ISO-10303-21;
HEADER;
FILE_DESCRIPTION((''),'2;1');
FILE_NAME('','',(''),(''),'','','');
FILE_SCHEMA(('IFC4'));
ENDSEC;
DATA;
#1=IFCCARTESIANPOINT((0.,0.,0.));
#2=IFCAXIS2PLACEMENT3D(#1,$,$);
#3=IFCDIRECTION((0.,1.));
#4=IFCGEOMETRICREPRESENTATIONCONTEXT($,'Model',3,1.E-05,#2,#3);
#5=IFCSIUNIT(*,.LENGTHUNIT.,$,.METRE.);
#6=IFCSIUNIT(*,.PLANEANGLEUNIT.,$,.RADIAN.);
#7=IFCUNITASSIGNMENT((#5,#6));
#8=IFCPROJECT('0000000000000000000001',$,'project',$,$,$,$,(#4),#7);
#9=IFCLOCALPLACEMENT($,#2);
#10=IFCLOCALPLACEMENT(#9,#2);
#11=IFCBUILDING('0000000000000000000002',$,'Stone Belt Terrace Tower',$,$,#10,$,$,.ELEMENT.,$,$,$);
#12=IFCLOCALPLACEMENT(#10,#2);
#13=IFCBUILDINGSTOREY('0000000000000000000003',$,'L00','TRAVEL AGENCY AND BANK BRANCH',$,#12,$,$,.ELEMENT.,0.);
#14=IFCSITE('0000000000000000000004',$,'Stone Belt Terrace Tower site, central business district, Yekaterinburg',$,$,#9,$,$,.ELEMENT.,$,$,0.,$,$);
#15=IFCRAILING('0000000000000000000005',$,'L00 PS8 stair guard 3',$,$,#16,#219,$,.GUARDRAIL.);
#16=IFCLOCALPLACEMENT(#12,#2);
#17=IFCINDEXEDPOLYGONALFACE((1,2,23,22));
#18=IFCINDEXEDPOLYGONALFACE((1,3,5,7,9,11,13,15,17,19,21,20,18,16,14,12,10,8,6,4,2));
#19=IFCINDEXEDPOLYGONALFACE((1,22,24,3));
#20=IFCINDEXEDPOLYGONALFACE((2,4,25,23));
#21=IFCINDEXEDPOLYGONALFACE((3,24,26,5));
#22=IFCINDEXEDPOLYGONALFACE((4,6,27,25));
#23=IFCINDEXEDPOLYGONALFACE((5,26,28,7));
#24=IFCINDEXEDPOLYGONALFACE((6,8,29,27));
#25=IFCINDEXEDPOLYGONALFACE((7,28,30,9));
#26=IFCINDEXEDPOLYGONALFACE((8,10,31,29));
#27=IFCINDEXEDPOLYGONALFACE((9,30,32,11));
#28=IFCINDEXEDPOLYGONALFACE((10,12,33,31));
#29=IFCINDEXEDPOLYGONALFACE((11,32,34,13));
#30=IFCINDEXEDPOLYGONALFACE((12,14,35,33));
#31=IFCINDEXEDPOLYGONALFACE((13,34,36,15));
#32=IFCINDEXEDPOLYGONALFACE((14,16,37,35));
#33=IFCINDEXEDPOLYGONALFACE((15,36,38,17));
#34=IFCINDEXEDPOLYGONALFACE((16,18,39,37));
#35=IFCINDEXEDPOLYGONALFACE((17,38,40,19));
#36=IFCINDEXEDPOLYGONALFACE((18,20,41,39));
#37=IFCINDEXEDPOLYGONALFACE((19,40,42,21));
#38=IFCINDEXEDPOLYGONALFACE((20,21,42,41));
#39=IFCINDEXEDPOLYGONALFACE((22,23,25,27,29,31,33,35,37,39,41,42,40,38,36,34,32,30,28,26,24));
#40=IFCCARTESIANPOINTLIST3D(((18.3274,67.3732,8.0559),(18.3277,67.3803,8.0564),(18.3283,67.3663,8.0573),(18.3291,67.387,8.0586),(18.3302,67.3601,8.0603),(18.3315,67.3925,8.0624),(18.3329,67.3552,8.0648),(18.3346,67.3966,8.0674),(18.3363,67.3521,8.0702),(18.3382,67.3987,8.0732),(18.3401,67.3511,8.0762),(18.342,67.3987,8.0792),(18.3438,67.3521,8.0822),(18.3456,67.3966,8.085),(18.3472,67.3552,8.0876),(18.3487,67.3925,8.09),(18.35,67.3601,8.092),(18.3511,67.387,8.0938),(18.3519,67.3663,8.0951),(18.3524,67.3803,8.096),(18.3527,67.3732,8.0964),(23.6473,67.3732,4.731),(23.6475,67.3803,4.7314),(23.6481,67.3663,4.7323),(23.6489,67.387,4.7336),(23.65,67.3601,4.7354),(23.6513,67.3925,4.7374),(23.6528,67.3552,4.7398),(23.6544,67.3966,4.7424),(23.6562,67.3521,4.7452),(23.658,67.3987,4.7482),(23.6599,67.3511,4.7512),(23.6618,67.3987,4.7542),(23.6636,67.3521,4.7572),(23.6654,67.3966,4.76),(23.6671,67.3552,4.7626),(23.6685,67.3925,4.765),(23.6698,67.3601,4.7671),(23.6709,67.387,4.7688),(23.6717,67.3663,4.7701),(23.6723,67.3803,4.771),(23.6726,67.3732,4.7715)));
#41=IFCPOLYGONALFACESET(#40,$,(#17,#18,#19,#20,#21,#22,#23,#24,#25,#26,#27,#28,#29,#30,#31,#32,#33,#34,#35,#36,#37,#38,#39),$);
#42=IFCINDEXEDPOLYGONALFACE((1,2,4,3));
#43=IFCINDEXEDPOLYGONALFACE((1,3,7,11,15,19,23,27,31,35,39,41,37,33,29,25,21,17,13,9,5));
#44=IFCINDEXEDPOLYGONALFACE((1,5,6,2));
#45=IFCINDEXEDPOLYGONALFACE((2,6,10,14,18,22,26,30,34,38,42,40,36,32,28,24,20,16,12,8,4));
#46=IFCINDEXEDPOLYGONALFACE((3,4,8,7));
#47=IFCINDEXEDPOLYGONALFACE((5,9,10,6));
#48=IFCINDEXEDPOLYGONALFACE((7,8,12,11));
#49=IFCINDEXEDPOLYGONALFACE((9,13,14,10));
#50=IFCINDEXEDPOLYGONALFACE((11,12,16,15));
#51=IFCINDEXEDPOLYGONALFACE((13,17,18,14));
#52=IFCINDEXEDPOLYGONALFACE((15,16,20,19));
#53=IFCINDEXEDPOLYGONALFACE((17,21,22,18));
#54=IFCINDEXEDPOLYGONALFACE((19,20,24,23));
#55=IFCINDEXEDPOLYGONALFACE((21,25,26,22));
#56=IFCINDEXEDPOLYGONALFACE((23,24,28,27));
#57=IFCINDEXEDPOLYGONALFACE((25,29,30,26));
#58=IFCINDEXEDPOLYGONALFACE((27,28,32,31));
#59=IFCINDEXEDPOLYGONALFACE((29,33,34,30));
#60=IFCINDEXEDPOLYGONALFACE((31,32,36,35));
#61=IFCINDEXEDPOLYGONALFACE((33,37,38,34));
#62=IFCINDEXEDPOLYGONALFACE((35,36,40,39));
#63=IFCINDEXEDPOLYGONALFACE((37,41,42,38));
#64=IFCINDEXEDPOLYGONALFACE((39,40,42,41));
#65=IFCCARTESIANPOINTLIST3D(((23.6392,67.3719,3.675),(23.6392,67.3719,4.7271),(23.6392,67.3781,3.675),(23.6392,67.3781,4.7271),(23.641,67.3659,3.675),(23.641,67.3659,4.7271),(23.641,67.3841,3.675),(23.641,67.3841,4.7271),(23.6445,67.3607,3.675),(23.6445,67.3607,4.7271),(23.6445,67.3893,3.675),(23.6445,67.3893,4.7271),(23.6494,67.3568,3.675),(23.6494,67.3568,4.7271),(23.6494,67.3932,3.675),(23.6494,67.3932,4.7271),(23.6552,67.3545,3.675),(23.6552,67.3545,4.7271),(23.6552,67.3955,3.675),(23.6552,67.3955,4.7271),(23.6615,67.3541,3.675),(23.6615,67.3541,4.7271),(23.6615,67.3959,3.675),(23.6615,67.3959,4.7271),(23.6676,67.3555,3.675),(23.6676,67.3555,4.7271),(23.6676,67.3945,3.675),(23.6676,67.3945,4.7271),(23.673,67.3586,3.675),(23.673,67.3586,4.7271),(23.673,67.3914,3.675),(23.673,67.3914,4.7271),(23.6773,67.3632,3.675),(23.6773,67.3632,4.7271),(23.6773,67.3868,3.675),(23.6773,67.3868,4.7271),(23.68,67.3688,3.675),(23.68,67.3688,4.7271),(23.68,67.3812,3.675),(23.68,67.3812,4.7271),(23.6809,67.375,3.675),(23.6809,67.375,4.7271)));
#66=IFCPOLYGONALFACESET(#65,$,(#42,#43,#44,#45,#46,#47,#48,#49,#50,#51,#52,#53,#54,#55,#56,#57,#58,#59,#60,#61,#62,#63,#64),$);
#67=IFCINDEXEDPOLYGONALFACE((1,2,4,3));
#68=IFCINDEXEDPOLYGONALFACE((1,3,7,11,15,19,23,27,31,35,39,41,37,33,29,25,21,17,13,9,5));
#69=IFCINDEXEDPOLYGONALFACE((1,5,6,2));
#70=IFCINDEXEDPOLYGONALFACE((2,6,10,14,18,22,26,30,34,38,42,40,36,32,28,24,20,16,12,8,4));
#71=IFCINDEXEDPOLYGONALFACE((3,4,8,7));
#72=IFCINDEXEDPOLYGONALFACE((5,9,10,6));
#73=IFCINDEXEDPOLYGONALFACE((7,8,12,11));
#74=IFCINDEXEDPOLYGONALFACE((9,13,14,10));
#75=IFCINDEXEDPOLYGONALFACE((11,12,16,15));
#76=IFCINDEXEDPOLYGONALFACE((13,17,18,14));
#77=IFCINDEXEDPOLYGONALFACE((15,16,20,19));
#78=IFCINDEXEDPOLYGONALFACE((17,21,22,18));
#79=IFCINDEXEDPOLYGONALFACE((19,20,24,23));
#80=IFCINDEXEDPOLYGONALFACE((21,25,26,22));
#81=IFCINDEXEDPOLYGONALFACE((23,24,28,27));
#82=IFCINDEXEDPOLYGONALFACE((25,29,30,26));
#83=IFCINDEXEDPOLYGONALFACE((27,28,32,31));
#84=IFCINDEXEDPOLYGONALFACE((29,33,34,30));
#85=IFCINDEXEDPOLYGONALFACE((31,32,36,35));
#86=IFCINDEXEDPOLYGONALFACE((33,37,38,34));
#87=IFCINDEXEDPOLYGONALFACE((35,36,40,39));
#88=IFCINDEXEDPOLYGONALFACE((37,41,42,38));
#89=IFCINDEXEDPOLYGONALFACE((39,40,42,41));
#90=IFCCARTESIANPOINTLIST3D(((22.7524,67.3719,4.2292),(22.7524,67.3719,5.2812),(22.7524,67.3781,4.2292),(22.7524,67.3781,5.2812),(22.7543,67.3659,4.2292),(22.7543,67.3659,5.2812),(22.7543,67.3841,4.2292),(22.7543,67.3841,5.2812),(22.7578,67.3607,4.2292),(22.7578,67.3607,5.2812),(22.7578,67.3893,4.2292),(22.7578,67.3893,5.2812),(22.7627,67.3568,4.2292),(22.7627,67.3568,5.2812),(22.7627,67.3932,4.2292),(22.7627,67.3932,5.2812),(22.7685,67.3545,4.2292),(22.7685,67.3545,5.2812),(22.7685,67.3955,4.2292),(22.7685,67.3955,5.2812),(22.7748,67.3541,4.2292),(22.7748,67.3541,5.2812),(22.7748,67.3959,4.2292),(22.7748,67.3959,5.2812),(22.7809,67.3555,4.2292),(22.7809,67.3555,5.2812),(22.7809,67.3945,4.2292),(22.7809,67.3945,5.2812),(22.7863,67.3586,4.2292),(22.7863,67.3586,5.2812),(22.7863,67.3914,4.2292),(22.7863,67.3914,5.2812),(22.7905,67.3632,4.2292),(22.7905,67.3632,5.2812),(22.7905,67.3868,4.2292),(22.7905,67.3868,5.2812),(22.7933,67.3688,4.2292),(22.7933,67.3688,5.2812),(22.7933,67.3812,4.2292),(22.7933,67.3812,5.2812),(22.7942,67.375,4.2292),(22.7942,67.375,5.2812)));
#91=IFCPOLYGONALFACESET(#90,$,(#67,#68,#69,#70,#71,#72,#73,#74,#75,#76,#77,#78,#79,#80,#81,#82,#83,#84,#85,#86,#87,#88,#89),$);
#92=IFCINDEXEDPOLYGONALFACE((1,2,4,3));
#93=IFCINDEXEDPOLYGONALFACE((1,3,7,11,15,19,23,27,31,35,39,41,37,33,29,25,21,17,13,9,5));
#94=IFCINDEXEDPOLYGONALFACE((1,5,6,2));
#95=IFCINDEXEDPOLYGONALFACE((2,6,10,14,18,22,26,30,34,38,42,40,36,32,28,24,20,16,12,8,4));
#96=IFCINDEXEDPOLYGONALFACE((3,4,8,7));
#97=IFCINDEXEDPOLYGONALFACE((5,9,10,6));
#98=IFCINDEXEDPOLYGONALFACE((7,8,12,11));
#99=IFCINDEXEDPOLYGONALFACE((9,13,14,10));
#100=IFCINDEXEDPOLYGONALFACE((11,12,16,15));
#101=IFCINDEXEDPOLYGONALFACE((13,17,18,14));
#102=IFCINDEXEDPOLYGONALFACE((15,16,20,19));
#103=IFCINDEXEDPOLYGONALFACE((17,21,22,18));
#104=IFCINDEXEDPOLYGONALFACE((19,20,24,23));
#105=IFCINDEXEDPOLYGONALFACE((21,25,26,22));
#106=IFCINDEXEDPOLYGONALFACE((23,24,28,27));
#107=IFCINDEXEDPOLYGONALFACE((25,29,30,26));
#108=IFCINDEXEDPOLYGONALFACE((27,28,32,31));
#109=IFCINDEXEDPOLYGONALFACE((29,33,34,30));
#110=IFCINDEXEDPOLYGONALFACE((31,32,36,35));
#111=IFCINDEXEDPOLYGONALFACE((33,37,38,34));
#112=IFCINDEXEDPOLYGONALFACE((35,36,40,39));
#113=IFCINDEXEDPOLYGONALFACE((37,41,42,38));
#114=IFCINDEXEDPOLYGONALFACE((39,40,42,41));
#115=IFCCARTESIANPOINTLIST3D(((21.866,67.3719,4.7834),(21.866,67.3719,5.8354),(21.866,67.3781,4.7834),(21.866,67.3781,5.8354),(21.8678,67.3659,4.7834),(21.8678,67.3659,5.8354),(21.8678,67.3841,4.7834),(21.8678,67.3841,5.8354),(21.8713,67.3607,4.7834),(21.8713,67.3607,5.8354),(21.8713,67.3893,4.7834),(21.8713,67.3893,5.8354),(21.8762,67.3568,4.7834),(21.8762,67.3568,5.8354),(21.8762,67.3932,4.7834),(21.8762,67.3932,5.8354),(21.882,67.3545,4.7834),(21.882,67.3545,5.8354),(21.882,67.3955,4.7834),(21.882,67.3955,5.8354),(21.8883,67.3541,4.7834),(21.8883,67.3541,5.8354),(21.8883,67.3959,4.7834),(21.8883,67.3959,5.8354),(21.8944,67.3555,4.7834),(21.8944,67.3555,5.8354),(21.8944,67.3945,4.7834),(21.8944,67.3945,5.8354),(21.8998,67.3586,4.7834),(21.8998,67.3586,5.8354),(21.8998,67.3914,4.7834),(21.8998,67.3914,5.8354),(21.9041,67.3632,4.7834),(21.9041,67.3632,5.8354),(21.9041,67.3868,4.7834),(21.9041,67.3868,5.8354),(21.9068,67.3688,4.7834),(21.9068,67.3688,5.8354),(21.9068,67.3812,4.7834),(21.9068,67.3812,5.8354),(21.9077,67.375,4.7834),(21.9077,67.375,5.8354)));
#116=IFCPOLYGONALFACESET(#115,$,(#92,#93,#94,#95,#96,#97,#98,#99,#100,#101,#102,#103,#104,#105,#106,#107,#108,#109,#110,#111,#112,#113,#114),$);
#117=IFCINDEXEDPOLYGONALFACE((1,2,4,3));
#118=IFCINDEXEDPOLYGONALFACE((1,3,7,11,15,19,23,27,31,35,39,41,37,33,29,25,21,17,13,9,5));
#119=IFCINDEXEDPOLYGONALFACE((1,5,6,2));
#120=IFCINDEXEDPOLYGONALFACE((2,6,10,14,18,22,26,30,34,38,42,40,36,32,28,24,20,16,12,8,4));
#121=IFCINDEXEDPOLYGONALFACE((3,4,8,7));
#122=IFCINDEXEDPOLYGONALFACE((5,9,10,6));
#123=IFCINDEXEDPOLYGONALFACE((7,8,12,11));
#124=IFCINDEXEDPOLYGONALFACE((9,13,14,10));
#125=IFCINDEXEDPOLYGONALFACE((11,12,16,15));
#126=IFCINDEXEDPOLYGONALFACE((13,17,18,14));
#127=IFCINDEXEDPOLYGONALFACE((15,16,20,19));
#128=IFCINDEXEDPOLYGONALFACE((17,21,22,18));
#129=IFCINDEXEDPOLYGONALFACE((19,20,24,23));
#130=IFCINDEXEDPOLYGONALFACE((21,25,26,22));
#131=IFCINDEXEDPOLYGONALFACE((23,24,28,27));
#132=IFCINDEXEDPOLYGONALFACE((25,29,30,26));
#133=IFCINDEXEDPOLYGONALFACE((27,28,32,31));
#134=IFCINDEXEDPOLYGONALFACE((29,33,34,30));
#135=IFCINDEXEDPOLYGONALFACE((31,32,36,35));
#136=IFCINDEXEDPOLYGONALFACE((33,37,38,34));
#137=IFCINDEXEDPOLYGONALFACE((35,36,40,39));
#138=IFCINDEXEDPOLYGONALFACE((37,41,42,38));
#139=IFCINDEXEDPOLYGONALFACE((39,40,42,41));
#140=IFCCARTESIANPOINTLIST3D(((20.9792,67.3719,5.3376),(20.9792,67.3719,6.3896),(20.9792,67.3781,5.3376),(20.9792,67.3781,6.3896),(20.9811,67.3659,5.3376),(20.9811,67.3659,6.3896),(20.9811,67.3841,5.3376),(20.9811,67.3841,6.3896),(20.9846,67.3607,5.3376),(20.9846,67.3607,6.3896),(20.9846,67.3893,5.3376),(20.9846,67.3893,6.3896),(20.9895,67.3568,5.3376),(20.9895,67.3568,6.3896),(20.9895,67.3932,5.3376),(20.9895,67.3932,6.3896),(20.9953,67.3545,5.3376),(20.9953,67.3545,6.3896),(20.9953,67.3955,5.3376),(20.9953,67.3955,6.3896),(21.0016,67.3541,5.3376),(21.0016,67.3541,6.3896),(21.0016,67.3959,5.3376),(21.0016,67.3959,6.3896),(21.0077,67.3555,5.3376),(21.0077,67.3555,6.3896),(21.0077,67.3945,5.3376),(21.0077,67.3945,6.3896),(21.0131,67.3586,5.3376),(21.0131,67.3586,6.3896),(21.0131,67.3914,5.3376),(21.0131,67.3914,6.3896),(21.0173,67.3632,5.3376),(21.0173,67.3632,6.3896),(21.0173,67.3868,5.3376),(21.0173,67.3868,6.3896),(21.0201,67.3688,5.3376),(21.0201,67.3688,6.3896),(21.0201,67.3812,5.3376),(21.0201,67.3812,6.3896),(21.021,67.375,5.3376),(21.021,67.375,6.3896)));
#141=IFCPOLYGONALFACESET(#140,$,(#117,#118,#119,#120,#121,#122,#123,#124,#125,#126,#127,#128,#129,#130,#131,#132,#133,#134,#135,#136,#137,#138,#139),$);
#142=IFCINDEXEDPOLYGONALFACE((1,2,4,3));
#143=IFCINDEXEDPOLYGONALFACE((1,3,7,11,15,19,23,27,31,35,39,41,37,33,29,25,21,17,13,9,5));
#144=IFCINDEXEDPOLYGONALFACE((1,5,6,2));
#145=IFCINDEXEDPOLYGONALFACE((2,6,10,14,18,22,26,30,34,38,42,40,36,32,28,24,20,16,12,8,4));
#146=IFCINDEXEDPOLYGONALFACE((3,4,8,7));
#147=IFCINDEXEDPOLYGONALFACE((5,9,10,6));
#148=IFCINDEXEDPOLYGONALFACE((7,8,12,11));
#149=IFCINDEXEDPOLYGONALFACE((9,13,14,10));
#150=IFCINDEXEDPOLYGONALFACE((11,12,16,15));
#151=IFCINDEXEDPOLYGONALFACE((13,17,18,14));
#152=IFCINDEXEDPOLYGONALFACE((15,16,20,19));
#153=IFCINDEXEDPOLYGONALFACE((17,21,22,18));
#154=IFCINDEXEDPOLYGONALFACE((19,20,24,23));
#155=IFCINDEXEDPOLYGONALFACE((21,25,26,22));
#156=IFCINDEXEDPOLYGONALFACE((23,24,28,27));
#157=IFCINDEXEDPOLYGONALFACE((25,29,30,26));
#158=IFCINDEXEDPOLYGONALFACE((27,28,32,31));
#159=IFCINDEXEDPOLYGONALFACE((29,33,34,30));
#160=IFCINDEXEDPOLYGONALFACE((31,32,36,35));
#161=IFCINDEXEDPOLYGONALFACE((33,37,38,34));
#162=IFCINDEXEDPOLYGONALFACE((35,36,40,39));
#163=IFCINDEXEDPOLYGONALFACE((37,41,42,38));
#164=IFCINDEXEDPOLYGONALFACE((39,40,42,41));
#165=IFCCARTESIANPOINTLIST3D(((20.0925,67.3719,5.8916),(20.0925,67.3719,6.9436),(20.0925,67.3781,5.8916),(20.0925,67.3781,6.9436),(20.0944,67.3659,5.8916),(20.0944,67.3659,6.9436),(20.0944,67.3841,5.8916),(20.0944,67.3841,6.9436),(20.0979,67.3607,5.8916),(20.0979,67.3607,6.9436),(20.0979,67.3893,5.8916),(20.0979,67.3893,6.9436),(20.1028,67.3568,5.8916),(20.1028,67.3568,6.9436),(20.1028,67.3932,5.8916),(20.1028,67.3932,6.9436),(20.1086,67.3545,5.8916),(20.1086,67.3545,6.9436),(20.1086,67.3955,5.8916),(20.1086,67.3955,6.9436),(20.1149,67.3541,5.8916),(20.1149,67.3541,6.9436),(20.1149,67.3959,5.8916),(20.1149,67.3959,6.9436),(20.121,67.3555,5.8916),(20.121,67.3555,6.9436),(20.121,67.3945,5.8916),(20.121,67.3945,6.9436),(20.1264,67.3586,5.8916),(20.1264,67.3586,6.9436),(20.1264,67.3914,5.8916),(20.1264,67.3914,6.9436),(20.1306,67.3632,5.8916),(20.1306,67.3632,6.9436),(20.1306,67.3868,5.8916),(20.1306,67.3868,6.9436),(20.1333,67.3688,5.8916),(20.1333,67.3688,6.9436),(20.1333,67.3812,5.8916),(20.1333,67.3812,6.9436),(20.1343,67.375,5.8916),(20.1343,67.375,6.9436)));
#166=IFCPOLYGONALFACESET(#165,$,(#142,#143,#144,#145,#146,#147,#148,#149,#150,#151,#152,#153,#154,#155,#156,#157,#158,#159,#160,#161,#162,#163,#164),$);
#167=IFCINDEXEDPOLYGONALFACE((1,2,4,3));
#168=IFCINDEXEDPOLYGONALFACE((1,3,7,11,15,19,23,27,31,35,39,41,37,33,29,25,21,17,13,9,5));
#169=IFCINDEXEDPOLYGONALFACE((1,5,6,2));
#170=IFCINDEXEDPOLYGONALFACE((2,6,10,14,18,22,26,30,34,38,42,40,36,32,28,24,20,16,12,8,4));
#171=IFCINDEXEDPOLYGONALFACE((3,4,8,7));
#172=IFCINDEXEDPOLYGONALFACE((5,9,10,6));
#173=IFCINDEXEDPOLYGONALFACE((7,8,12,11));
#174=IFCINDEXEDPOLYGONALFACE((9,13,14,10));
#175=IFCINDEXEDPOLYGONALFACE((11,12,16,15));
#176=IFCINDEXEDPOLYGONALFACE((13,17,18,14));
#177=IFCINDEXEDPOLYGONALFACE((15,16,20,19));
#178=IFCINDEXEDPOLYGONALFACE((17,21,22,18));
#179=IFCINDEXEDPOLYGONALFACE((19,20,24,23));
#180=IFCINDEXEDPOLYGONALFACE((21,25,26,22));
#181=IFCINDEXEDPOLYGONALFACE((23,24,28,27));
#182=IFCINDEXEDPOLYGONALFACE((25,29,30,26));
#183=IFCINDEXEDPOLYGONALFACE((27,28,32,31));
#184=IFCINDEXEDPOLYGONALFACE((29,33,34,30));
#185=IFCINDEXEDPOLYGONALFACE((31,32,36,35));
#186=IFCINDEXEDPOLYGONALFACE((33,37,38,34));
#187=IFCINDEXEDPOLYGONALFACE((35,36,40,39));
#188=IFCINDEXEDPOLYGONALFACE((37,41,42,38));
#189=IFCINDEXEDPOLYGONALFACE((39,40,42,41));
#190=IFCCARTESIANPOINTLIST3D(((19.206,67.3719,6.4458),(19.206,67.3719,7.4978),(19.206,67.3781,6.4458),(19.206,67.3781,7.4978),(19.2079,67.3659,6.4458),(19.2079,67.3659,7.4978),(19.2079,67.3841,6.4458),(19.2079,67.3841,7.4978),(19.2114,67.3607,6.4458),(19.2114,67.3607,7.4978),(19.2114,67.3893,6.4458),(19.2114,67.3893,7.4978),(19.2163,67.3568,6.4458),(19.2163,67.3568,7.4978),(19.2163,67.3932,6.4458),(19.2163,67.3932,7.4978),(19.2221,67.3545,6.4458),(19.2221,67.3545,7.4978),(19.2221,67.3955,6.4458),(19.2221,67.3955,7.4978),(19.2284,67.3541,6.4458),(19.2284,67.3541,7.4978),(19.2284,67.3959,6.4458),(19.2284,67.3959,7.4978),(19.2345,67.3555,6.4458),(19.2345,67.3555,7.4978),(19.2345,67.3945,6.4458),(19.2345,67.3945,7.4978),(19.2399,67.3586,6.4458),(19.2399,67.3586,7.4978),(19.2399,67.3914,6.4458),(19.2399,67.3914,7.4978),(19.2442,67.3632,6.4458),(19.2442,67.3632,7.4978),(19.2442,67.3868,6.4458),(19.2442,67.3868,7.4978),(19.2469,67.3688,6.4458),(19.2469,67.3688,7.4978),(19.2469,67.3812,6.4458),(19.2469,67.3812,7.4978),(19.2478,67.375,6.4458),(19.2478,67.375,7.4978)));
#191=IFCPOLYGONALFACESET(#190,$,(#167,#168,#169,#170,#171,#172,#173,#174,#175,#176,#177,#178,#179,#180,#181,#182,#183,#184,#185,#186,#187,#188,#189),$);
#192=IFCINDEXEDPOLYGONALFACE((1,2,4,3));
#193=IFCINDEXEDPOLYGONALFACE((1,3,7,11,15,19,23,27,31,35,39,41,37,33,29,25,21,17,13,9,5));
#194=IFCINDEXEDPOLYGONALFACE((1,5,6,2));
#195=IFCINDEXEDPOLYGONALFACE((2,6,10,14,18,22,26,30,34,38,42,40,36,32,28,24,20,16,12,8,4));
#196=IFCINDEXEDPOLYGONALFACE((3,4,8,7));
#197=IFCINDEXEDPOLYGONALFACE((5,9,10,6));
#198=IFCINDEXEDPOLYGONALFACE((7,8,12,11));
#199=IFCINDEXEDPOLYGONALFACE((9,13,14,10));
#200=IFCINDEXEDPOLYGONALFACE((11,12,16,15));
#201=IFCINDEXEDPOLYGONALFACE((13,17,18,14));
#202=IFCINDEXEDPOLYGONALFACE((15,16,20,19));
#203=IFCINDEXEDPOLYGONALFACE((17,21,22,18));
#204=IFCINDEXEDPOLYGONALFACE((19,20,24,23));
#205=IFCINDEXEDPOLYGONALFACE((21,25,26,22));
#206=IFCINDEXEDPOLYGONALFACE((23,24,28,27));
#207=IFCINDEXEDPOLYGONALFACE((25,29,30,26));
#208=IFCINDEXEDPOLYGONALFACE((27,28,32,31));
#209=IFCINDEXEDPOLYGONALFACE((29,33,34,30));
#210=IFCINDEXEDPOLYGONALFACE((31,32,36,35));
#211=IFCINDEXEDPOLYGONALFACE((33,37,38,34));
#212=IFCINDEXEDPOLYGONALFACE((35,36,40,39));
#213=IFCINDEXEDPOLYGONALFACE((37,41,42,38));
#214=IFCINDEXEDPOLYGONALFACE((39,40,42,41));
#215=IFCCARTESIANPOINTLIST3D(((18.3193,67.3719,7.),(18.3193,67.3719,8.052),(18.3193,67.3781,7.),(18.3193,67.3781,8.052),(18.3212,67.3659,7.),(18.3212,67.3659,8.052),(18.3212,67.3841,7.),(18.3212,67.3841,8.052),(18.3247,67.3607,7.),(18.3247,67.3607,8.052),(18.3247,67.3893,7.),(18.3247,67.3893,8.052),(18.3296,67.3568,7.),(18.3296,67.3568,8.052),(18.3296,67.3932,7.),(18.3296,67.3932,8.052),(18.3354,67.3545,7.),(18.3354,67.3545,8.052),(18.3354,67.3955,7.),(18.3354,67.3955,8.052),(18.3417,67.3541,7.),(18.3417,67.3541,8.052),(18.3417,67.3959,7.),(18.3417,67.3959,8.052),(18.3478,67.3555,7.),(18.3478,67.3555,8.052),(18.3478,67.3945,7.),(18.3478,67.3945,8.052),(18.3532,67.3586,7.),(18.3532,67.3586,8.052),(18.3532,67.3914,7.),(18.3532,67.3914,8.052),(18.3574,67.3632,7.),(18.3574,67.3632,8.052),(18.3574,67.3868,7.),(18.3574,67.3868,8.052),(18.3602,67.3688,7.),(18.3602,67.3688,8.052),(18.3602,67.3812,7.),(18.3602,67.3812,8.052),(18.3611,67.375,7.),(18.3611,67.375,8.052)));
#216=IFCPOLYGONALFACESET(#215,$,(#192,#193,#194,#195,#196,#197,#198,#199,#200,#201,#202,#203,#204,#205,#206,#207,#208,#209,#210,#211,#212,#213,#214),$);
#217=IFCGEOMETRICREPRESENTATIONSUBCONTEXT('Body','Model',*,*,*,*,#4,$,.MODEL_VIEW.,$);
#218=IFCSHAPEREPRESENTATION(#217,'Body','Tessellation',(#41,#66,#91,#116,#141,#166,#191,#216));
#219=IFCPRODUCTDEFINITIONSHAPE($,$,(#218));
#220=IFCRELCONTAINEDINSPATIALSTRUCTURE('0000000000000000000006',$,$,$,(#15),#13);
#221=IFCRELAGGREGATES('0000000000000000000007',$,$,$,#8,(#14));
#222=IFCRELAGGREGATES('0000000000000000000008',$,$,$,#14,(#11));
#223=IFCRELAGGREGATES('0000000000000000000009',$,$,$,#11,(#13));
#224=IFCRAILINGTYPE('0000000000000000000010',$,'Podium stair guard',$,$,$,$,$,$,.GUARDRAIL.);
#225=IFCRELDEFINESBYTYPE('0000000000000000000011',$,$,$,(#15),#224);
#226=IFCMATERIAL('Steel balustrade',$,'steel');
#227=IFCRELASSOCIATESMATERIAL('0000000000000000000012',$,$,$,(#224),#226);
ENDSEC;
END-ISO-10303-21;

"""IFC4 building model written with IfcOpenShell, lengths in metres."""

from ifc_helpers import new_model, si_unit, direction, frame, origin, origin_2d, place, context, subcontext, project, spatial, circle, extrude, material, type_object, element, save


model = new_model("IFC4")

# Units and contexts
model_context = context("Model", 3, precision=1e-05, world=origin(), true_north=direction((0.0, 1.0)))
body_context = subcontext(model_context, "Body", "Model", "MODEL_VIEW")
ifc_project = project(units=[si_unit("LENGTHUNIT", "METRE"), si_unit("PLANEANGLEUNIT", "RADIAN")], contexts=[model_context])

# Site, building, storey
site_placement = place(None, origin())
site = spatial("IfcSite", under=ifc_project, at=site_placement, Name="Stone Belt Terrace Tower site, central business district, Yekaterinburg", CompositionType="ELEMENT", RefElevation=0.0)
building_placement = place(site_placement, origin())
building = spatial("IfcBuilding", under=site, at=building_placement, Name="Stone Belt Terrace Tower", CompositionType="ELEMENT")
storey_placement = place(building_placement, origin())
storey = spatial("IfcBuildingStorey", under=building, at=storey_placement, Name="L00", Description="TRAVEL AGENCY AND BANK BRANCH", CompositionType="ELEMENT", Elevation=0.0)

# Railing
ifc_material_1 = material(Name="Steel balustrade", Category="steel")
railing_type_1 = type_object("IfcRailingType", Name="Podium stair guard", PredefinedType="GUARDRAIL", material=ifc_material_1)
railing_1_placement = place(storey_placement, frame((23.6599, 67.375, 3.675)))
element("IfcRailing", 1, at=railing_1_placement, inside=storey, type_object=railing_type_1, Name="L00 PS8 stair guard 3", PredefinedType="GUARDRAIL", context=body_context, shape_type="SweptSolid", body=[
    extrude(circle(Radius=0.0239, at=origin_2d()), frame((0.0, 0.0, 1.0762), z_axis=(-0.847994, 0.0, 0.530006), x_axis=(0.0, -1.0, 0.0)), (0.0, 0.0, 1.0), 6.2734),
    extrude(circle(Radius=0.021, at=origin_2d()), origin(), (0.0, 0.0, 1.0), 1.052),
    extrude(circle(Radius=0.021, at=origin_2d()), frame((-0.8867, 0.0, 0.5542)), (0.0, 0.0, 1.0), 1.052),
    extrude(circle(Radius=0.021, at=origin_2d()), frame((-1.7732, 0.0, 1.1084)), (0.0, 0.0, 1.0), 1.052),
    extrude(circle(Radius=0.021, at=origin_2d()), frame((-2.6599, 0.0, 1.6626)), (0.0, 0.0, 1.0), 1.052),
    extrude(circle(Radius=0.021, at=origin_2d()), frame((-3.5466, 0.0, 2.2166)), (0.0, 0.0, 1.0), 1.052),
    extrude(circle(Radius=0.021, at=origin_2d()), frame((-4.4331, 0.0, 2.7708)), (0.0, 0.0, 1.0), 1.052),
    extrude(circle(Radius=0.021, at=origin_2d()), frame((-5.3198, 0.0, 3.325)), (0.0, 0.0, 1.0), 1.052),
])

save(model, "model.ifc")
